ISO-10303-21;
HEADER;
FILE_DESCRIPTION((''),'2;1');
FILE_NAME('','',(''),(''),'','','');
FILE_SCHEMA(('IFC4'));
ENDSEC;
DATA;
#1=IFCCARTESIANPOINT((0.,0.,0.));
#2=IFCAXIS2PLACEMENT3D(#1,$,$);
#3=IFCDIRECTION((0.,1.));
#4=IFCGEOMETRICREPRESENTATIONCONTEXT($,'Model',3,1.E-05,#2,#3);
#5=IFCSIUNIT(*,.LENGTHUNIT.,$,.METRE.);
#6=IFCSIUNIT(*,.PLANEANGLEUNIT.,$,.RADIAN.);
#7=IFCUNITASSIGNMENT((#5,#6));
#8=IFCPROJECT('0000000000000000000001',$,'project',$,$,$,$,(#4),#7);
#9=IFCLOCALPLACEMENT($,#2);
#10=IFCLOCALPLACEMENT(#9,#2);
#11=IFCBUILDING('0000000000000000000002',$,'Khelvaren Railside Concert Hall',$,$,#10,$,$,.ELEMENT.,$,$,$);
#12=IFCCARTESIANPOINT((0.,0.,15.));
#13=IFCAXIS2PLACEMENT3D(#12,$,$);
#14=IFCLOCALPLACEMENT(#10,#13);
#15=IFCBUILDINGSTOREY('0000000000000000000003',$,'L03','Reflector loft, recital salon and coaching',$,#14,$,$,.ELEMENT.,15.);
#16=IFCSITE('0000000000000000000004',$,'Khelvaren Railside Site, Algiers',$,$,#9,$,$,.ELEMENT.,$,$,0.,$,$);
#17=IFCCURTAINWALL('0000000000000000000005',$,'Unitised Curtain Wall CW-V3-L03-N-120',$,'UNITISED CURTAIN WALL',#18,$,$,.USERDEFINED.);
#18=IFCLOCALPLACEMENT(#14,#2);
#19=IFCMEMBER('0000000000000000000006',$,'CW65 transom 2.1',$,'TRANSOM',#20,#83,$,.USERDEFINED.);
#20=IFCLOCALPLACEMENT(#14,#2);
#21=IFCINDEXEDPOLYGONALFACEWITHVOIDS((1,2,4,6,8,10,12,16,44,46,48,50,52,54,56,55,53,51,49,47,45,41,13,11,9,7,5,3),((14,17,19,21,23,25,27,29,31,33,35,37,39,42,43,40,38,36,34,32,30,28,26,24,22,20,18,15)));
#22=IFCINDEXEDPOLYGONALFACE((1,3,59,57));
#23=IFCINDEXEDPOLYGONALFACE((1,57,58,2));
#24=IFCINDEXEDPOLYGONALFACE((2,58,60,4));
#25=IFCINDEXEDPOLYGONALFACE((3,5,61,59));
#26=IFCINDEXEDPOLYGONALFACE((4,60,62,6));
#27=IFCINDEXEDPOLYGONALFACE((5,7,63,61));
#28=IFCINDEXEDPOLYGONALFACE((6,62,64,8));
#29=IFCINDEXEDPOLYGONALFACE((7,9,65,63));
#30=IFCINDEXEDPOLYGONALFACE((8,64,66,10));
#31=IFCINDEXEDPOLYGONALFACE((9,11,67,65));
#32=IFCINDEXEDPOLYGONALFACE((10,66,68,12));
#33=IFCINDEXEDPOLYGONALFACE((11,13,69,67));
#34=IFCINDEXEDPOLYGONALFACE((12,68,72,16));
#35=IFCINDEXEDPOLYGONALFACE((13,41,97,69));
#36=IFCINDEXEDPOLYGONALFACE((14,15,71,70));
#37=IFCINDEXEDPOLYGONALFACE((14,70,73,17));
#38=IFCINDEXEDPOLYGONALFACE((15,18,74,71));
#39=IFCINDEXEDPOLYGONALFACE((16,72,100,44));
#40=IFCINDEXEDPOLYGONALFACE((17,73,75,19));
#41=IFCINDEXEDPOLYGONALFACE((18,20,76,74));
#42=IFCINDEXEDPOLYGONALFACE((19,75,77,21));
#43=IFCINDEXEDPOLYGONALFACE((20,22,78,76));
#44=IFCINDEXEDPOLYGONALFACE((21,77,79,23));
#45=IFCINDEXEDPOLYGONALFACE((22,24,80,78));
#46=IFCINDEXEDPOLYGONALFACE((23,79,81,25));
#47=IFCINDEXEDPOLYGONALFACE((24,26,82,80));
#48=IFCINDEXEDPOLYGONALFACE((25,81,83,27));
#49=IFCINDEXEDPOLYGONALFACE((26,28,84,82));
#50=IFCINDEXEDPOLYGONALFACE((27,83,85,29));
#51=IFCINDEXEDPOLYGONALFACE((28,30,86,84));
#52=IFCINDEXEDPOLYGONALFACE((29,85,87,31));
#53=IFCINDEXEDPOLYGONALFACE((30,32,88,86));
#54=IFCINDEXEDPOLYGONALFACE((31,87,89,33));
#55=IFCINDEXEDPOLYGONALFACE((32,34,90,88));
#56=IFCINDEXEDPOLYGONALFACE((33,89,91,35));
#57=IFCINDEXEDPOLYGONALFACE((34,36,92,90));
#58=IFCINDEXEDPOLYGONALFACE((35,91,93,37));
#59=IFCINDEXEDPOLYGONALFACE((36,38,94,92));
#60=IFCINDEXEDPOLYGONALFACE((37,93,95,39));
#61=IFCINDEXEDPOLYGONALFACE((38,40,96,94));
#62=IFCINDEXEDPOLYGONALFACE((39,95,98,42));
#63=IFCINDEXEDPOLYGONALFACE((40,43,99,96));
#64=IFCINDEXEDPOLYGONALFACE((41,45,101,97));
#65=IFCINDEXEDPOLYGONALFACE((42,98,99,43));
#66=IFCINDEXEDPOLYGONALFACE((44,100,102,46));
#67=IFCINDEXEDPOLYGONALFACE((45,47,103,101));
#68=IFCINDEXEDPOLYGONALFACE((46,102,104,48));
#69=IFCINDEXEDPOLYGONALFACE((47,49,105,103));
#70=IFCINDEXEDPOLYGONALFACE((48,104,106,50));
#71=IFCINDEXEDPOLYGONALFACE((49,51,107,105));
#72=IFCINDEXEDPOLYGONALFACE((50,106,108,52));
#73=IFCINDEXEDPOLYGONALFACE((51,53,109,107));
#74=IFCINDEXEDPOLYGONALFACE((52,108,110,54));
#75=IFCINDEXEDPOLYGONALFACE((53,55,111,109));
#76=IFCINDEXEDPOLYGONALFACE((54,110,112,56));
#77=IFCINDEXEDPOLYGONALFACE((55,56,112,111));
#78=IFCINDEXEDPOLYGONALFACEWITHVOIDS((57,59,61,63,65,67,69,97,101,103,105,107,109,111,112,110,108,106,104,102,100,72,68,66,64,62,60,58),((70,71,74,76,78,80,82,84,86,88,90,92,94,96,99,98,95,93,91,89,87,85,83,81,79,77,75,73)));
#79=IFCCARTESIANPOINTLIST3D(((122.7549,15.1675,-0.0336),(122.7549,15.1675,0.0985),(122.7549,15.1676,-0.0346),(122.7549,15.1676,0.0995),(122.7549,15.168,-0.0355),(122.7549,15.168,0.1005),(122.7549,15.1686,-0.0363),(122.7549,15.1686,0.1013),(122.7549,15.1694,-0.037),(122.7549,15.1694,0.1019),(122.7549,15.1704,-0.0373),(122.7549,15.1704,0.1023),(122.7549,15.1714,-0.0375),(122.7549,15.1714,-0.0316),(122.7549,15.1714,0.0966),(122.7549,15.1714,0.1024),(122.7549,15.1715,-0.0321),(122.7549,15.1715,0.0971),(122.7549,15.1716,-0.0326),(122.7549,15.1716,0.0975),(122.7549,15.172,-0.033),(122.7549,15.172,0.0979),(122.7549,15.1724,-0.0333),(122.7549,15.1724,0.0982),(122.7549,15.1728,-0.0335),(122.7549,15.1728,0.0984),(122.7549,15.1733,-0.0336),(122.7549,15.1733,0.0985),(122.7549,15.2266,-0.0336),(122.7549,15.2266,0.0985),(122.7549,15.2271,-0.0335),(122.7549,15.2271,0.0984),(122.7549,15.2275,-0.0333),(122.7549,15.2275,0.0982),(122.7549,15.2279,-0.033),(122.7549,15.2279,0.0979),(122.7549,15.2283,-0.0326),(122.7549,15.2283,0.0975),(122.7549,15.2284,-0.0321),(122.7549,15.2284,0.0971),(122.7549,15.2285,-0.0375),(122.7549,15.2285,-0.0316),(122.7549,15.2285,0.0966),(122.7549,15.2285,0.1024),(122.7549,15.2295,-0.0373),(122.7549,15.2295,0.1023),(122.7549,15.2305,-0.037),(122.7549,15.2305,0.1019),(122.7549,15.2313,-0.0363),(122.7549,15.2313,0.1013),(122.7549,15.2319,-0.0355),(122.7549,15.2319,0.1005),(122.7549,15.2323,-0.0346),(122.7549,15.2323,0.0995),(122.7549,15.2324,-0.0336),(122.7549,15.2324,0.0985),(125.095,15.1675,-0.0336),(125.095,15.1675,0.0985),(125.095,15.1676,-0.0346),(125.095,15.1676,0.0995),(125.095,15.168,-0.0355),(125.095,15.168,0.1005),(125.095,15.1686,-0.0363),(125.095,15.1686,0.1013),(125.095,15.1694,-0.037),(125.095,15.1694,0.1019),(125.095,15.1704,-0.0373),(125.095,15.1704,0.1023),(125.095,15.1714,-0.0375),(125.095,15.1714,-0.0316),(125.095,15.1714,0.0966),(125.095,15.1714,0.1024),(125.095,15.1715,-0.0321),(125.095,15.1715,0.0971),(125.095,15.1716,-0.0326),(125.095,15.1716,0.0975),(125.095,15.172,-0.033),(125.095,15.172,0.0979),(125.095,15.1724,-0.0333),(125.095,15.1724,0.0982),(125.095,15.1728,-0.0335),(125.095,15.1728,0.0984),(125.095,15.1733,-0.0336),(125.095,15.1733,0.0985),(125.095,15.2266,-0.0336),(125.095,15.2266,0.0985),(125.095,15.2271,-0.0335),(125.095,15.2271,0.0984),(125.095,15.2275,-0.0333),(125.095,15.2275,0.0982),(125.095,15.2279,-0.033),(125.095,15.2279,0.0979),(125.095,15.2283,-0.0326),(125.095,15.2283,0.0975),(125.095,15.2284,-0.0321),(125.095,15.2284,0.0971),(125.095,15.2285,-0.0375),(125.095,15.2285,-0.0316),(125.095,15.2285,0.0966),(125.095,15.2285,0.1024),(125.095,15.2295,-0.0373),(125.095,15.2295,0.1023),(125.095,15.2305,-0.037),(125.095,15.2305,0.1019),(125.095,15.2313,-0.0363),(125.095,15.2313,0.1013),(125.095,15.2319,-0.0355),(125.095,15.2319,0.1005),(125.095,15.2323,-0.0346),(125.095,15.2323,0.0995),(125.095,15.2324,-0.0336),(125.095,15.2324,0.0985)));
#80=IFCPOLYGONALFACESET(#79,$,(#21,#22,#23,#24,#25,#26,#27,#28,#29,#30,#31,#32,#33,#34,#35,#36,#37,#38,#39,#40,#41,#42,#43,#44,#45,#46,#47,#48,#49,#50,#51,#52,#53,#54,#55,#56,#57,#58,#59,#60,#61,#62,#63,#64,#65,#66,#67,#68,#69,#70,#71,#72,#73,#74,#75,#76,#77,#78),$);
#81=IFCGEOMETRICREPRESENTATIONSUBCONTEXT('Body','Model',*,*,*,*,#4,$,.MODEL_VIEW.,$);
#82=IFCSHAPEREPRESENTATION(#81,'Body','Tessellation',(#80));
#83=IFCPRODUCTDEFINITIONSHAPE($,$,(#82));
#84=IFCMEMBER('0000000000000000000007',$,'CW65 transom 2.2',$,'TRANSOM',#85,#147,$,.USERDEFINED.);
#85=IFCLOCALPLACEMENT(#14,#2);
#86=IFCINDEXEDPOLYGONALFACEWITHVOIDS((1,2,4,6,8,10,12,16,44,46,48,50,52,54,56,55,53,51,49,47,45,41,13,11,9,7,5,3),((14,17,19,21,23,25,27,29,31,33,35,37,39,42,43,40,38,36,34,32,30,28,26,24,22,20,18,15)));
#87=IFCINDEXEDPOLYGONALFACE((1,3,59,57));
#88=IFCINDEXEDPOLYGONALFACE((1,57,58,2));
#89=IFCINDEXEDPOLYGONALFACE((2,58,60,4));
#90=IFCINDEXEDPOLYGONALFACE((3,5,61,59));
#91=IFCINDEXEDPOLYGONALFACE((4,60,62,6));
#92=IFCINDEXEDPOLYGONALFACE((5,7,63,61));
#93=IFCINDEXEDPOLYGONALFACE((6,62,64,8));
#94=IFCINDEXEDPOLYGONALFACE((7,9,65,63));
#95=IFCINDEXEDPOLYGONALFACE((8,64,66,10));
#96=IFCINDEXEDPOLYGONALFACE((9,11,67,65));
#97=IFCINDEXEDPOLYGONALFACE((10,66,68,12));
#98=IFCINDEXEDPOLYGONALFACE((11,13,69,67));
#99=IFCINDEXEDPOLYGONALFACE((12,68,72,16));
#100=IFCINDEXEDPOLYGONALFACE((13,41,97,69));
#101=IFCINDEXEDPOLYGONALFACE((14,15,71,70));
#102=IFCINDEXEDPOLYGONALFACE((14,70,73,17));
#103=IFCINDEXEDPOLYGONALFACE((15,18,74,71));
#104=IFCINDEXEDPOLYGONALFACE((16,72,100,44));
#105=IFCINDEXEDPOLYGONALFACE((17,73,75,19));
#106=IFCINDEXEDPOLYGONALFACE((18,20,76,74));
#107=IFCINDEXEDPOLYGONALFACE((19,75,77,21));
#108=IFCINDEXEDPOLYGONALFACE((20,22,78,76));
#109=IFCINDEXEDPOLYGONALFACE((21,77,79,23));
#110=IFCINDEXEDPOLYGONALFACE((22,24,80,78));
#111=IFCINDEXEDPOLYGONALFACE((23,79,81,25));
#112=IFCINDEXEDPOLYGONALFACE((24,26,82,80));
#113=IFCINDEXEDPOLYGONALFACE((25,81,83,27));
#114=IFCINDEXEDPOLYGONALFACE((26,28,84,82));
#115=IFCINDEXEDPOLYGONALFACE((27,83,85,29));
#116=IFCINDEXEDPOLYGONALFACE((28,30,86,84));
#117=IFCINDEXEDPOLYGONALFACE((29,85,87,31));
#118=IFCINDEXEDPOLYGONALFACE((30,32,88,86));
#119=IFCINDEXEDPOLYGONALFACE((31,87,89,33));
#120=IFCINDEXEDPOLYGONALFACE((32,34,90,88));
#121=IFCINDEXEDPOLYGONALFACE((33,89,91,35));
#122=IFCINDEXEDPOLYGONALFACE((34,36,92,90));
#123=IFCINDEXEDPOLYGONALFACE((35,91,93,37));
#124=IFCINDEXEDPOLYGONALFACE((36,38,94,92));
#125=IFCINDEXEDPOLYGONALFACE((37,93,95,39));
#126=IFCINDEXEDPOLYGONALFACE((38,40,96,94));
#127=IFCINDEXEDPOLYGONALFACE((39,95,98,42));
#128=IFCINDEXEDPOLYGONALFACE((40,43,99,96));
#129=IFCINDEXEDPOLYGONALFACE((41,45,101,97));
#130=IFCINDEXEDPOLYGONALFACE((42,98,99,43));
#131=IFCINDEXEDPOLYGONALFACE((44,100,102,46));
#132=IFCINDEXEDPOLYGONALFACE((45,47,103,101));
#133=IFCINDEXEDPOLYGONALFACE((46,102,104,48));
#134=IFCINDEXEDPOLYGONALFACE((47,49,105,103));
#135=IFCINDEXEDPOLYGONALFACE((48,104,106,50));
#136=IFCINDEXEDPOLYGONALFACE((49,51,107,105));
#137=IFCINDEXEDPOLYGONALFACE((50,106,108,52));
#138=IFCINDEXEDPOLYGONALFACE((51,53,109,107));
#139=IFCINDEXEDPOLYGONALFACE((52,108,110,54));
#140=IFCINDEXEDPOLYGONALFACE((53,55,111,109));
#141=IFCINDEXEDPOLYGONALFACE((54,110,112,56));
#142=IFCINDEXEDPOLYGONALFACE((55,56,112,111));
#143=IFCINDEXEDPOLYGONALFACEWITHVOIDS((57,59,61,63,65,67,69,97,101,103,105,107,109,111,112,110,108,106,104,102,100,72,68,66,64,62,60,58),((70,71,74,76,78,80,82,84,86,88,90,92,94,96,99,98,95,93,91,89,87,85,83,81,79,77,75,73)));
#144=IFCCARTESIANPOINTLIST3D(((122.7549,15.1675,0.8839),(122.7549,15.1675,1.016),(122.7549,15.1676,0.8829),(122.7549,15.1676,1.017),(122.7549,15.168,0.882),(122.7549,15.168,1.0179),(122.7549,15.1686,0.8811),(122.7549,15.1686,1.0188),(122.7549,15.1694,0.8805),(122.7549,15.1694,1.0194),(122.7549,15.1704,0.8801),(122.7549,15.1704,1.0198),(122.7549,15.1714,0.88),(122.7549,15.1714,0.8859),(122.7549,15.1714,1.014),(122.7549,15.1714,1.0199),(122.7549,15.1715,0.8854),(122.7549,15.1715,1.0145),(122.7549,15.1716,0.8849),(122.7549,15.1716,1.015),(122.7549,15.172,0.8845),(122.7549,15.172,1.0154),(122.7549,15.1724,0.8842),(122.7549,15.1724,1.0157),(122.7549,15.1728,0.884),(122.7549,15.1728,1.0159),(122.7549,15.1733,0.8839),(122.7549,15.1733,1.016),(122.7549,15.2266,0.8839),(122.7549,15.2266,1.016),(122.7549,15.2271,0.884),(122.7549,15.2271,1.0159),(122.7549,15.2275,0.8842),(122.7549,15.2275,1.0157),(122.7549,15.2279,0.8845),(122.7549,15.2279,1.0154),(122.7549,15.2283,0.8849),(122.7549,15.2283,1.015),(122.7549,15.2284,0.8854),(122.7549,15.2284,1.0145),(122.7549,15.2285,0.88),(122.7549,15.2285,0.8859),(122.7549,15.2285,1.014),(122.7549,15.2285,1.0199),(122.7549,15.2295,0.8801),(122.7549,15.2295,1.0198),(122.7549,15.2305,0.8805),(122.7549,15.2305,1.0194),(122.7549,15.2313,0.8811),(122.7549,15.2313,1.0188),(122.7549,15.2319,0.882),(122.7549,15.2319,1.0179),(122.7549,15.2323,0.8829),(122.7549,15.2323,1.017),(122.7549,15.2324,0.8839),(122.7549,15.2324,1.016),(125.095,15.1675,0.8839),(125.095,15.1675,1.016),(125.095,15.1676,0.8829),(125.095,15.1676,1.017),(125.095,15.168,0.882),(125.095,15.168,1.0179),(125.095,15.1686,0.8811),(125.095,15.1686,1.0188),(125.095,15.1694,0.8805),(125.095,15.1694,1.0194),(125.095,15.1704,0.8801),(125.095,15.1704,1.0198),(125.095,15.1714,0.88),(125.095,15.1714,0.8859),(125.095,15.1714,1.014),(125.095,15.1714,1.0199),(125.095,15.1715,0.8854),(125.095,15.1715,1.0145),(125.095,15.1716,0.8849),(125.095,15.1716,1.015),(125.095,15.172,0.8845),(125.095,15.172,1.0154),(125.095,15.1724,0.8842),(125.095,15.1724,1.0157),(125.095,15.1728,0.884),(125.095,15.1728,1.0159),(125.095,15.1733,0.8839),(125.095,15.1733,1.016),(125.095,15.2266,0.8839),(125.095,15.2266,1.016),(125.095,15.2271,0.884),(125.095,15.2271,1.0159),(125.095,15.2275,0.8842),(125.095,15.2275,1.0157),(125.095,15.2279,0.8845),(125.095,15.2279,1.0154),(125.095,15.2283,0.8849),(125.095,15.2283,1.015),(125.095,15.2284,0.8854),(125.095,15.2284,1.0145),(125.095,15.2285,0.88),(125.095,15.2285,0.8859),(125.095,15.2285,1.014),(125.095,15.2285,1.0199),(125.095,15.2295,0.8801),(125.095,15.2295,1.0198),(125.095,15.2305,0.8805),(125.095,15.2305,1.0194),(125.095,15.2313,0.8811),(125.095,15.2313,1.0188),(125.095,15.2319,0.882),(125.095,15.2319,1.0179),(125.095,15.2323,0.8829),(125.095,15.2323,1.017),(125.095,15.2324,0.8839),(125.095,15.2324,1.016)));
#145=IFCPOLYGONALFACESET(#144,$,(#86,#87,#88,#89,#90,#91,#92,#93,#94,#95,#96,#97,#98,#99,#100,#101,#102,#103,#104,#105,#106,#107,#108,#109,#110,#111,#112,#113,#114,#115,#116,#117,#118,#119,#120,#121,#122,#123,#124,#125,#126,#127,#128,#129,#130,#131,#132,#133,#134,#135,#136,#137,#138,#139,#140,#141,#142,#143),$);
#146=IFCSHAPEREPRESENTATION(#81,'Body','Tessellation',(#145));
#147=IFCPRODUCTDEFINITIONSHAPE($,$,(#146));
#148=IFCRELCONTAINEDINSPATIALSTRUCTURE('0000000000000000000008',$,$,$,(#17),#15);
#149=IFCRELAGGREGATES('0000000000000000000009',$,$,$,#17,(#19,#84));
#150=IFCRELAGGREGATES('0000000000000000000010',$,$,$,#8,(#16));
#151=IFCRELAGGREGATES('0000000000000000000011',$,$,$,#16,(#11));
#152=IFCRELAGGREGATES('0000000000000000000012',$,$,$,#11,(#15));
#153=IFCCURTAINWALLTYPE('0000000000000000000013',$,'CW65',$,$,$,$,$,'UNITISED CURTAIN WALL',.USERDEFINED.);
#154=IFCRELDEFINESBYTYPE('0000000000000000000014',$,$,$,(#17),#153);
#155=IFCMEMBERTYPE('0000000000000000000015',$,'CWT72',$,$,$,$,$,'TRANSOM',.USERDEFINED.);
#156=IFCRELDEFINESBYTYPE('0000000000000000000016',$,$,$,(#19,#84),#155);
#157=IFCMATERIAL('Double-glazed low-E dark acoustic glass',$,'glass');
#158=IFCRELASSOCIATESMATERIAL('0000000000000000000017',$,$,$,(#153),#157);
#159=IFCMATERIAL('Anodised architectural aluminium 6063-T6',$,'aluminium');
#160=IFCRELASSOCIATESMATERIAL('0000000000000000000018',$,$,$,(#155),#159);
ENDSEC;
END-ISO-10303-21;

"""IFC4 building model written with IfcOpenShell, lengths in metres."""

from ifc_helpers import new_model, si_unit, direction, frame, origin, origin_2d, place, context, subcontext, project, spatial, hollow_rectangle, extrude, material, material_profile, profile_set, type_object, element, aggregate, save


model = new_model("IFC4")

# Units and contexts
model_context = context("Model", 3, precision=1e-05, world=origin(), true_north=direction((0.0, 1.0)))
body_context = subcontext(model_context, "Body", "Model", "MODEL_VIEW")
ifc_project = project(units=[si_unit("LENGTHUNIT", "METRE"), si_unit("PLANEANGLEUNIT", "RADIAN")], contexts=[model_context])

# Site, building, storey
site_placement = place(None, origin())
site = spatial("IfcSite", under=ifc_project, at=site_placement, Name="Khelvaren Railside Site, Algiers", CompositionType="ELEMENT", RefElevation=0.0)
building_placement = place(site_placement, origin())
building = spatial("IfcBuilding", under=site, at=building_placement, Name="Khelvaren Railside Concert Hall", CompositionType="ELEMENT")
storey_placement = place(building_placement, frame((0.0, 0.0, 15.0)))
storey = spatial("IfcBuildingStorey", under=building, at=storey_placement, Name="L03", Description="Reflector loft, recital salon and coaching", CompositionType="ELEMENT", Elevation=15.0)

# Shared definitions
ifc_material_1 = material(Name="Double-glazed low-E dark acoustic glass", Category="glass")
ifc_material_2 = material(Name="Anodised architectural aluminium 6063-T6", Category="aluminium")

# Curtain wall
curtain_wall_type_1 = type_object("IfcCurtainWallType", Name="CW65", ElementType="UNITISED CURTAIN WALL", PredefinedType="USERDEFINED", material=ifc_material_1)
curtain_wall_1_placement = place(storey_placement, origin())
curtain_wall_1 = element("IfcCurtainWall", 1, at=curtain_wall_1_placement, inside=storey, type_object=curtain_wall_type_1, Name="Unitised Curtain Wall CW-V3-L03-N-120", ObjectType="UNITISED CURTAIN WALL", PredefinedType="USERDEFINED")

# Members
ifc_material_profile_1 = material_profile(ifc_material_2, hollow_rectangle(XDim=0.0649, YDim=0.1399, WallThickness=0.0039, InnerFilletRadius=0.002, OuterFilletRadius=0.0039, at=origin_2d()), Name="CWT 65x140x4")
ifc_profile_set_1 = profile_set([ifc_material_profile_1], Name="Anodised architectural aluminium 6063-T6")
member_type_1 = type_object("IfcMemberType", Name="CWT72", ElementType="TRANSOM", PredefinedType="USERDEFINED", material=ifc_profile_set_1)
member_1_placement = place(storey_placement, frame((122.7549, 15.2, 0.0325), z_axis=(1.0, 0.0, 0.0), x_axis=(0.0, 1.0, 0.0)))
member_1 = element("IfcMember", 2, at=member_1_placement, type_object=member_type_1, Name="CW65 transom 2.1", ObjectType="TRANSOM", PredefinedType="USERDEFINED", context=body_context, shape_type="SweptSolid", body=[
    extrude(hollow_rectangle(XDim=0.0649, YDim=0.1399, WallThickness=0.0039, InnerFilletRadius=0.002, OuterFilletRadius=0.0039, at=origin_2d()), origin(), (0.0, 0.0, 1.0), 2.3401),
])
member_2_placement = place(storey_placement, frame((122.7549, 15.2, 0.95), z_axis=(1.0, 0.0, 0.0), x_axis=(0.0, 1.0, 0.0)))
member_2 = element("IfcMember", 3, at=member_2_placement, type_object=member_type_1, Name="CW65 transom 2.2", ObjectType="TRANSOM", PredefinedType="USERDEFINED", context=body_context, shape_type="SweptSolid", body=[
    extrude(hollow_rectangle(XDim=0.0649, YDim=0.1399, WallThickness=0.0039, InnerFilletRadius=0.002, OuterFilletRadius=0.0039, at=origin_2d()), origin(), (0.0, 0.0, 1.0), 2.3401),
])

aggregate(curtain_wall_1, [member_1, member_2])

save(model, "model.ifc")
